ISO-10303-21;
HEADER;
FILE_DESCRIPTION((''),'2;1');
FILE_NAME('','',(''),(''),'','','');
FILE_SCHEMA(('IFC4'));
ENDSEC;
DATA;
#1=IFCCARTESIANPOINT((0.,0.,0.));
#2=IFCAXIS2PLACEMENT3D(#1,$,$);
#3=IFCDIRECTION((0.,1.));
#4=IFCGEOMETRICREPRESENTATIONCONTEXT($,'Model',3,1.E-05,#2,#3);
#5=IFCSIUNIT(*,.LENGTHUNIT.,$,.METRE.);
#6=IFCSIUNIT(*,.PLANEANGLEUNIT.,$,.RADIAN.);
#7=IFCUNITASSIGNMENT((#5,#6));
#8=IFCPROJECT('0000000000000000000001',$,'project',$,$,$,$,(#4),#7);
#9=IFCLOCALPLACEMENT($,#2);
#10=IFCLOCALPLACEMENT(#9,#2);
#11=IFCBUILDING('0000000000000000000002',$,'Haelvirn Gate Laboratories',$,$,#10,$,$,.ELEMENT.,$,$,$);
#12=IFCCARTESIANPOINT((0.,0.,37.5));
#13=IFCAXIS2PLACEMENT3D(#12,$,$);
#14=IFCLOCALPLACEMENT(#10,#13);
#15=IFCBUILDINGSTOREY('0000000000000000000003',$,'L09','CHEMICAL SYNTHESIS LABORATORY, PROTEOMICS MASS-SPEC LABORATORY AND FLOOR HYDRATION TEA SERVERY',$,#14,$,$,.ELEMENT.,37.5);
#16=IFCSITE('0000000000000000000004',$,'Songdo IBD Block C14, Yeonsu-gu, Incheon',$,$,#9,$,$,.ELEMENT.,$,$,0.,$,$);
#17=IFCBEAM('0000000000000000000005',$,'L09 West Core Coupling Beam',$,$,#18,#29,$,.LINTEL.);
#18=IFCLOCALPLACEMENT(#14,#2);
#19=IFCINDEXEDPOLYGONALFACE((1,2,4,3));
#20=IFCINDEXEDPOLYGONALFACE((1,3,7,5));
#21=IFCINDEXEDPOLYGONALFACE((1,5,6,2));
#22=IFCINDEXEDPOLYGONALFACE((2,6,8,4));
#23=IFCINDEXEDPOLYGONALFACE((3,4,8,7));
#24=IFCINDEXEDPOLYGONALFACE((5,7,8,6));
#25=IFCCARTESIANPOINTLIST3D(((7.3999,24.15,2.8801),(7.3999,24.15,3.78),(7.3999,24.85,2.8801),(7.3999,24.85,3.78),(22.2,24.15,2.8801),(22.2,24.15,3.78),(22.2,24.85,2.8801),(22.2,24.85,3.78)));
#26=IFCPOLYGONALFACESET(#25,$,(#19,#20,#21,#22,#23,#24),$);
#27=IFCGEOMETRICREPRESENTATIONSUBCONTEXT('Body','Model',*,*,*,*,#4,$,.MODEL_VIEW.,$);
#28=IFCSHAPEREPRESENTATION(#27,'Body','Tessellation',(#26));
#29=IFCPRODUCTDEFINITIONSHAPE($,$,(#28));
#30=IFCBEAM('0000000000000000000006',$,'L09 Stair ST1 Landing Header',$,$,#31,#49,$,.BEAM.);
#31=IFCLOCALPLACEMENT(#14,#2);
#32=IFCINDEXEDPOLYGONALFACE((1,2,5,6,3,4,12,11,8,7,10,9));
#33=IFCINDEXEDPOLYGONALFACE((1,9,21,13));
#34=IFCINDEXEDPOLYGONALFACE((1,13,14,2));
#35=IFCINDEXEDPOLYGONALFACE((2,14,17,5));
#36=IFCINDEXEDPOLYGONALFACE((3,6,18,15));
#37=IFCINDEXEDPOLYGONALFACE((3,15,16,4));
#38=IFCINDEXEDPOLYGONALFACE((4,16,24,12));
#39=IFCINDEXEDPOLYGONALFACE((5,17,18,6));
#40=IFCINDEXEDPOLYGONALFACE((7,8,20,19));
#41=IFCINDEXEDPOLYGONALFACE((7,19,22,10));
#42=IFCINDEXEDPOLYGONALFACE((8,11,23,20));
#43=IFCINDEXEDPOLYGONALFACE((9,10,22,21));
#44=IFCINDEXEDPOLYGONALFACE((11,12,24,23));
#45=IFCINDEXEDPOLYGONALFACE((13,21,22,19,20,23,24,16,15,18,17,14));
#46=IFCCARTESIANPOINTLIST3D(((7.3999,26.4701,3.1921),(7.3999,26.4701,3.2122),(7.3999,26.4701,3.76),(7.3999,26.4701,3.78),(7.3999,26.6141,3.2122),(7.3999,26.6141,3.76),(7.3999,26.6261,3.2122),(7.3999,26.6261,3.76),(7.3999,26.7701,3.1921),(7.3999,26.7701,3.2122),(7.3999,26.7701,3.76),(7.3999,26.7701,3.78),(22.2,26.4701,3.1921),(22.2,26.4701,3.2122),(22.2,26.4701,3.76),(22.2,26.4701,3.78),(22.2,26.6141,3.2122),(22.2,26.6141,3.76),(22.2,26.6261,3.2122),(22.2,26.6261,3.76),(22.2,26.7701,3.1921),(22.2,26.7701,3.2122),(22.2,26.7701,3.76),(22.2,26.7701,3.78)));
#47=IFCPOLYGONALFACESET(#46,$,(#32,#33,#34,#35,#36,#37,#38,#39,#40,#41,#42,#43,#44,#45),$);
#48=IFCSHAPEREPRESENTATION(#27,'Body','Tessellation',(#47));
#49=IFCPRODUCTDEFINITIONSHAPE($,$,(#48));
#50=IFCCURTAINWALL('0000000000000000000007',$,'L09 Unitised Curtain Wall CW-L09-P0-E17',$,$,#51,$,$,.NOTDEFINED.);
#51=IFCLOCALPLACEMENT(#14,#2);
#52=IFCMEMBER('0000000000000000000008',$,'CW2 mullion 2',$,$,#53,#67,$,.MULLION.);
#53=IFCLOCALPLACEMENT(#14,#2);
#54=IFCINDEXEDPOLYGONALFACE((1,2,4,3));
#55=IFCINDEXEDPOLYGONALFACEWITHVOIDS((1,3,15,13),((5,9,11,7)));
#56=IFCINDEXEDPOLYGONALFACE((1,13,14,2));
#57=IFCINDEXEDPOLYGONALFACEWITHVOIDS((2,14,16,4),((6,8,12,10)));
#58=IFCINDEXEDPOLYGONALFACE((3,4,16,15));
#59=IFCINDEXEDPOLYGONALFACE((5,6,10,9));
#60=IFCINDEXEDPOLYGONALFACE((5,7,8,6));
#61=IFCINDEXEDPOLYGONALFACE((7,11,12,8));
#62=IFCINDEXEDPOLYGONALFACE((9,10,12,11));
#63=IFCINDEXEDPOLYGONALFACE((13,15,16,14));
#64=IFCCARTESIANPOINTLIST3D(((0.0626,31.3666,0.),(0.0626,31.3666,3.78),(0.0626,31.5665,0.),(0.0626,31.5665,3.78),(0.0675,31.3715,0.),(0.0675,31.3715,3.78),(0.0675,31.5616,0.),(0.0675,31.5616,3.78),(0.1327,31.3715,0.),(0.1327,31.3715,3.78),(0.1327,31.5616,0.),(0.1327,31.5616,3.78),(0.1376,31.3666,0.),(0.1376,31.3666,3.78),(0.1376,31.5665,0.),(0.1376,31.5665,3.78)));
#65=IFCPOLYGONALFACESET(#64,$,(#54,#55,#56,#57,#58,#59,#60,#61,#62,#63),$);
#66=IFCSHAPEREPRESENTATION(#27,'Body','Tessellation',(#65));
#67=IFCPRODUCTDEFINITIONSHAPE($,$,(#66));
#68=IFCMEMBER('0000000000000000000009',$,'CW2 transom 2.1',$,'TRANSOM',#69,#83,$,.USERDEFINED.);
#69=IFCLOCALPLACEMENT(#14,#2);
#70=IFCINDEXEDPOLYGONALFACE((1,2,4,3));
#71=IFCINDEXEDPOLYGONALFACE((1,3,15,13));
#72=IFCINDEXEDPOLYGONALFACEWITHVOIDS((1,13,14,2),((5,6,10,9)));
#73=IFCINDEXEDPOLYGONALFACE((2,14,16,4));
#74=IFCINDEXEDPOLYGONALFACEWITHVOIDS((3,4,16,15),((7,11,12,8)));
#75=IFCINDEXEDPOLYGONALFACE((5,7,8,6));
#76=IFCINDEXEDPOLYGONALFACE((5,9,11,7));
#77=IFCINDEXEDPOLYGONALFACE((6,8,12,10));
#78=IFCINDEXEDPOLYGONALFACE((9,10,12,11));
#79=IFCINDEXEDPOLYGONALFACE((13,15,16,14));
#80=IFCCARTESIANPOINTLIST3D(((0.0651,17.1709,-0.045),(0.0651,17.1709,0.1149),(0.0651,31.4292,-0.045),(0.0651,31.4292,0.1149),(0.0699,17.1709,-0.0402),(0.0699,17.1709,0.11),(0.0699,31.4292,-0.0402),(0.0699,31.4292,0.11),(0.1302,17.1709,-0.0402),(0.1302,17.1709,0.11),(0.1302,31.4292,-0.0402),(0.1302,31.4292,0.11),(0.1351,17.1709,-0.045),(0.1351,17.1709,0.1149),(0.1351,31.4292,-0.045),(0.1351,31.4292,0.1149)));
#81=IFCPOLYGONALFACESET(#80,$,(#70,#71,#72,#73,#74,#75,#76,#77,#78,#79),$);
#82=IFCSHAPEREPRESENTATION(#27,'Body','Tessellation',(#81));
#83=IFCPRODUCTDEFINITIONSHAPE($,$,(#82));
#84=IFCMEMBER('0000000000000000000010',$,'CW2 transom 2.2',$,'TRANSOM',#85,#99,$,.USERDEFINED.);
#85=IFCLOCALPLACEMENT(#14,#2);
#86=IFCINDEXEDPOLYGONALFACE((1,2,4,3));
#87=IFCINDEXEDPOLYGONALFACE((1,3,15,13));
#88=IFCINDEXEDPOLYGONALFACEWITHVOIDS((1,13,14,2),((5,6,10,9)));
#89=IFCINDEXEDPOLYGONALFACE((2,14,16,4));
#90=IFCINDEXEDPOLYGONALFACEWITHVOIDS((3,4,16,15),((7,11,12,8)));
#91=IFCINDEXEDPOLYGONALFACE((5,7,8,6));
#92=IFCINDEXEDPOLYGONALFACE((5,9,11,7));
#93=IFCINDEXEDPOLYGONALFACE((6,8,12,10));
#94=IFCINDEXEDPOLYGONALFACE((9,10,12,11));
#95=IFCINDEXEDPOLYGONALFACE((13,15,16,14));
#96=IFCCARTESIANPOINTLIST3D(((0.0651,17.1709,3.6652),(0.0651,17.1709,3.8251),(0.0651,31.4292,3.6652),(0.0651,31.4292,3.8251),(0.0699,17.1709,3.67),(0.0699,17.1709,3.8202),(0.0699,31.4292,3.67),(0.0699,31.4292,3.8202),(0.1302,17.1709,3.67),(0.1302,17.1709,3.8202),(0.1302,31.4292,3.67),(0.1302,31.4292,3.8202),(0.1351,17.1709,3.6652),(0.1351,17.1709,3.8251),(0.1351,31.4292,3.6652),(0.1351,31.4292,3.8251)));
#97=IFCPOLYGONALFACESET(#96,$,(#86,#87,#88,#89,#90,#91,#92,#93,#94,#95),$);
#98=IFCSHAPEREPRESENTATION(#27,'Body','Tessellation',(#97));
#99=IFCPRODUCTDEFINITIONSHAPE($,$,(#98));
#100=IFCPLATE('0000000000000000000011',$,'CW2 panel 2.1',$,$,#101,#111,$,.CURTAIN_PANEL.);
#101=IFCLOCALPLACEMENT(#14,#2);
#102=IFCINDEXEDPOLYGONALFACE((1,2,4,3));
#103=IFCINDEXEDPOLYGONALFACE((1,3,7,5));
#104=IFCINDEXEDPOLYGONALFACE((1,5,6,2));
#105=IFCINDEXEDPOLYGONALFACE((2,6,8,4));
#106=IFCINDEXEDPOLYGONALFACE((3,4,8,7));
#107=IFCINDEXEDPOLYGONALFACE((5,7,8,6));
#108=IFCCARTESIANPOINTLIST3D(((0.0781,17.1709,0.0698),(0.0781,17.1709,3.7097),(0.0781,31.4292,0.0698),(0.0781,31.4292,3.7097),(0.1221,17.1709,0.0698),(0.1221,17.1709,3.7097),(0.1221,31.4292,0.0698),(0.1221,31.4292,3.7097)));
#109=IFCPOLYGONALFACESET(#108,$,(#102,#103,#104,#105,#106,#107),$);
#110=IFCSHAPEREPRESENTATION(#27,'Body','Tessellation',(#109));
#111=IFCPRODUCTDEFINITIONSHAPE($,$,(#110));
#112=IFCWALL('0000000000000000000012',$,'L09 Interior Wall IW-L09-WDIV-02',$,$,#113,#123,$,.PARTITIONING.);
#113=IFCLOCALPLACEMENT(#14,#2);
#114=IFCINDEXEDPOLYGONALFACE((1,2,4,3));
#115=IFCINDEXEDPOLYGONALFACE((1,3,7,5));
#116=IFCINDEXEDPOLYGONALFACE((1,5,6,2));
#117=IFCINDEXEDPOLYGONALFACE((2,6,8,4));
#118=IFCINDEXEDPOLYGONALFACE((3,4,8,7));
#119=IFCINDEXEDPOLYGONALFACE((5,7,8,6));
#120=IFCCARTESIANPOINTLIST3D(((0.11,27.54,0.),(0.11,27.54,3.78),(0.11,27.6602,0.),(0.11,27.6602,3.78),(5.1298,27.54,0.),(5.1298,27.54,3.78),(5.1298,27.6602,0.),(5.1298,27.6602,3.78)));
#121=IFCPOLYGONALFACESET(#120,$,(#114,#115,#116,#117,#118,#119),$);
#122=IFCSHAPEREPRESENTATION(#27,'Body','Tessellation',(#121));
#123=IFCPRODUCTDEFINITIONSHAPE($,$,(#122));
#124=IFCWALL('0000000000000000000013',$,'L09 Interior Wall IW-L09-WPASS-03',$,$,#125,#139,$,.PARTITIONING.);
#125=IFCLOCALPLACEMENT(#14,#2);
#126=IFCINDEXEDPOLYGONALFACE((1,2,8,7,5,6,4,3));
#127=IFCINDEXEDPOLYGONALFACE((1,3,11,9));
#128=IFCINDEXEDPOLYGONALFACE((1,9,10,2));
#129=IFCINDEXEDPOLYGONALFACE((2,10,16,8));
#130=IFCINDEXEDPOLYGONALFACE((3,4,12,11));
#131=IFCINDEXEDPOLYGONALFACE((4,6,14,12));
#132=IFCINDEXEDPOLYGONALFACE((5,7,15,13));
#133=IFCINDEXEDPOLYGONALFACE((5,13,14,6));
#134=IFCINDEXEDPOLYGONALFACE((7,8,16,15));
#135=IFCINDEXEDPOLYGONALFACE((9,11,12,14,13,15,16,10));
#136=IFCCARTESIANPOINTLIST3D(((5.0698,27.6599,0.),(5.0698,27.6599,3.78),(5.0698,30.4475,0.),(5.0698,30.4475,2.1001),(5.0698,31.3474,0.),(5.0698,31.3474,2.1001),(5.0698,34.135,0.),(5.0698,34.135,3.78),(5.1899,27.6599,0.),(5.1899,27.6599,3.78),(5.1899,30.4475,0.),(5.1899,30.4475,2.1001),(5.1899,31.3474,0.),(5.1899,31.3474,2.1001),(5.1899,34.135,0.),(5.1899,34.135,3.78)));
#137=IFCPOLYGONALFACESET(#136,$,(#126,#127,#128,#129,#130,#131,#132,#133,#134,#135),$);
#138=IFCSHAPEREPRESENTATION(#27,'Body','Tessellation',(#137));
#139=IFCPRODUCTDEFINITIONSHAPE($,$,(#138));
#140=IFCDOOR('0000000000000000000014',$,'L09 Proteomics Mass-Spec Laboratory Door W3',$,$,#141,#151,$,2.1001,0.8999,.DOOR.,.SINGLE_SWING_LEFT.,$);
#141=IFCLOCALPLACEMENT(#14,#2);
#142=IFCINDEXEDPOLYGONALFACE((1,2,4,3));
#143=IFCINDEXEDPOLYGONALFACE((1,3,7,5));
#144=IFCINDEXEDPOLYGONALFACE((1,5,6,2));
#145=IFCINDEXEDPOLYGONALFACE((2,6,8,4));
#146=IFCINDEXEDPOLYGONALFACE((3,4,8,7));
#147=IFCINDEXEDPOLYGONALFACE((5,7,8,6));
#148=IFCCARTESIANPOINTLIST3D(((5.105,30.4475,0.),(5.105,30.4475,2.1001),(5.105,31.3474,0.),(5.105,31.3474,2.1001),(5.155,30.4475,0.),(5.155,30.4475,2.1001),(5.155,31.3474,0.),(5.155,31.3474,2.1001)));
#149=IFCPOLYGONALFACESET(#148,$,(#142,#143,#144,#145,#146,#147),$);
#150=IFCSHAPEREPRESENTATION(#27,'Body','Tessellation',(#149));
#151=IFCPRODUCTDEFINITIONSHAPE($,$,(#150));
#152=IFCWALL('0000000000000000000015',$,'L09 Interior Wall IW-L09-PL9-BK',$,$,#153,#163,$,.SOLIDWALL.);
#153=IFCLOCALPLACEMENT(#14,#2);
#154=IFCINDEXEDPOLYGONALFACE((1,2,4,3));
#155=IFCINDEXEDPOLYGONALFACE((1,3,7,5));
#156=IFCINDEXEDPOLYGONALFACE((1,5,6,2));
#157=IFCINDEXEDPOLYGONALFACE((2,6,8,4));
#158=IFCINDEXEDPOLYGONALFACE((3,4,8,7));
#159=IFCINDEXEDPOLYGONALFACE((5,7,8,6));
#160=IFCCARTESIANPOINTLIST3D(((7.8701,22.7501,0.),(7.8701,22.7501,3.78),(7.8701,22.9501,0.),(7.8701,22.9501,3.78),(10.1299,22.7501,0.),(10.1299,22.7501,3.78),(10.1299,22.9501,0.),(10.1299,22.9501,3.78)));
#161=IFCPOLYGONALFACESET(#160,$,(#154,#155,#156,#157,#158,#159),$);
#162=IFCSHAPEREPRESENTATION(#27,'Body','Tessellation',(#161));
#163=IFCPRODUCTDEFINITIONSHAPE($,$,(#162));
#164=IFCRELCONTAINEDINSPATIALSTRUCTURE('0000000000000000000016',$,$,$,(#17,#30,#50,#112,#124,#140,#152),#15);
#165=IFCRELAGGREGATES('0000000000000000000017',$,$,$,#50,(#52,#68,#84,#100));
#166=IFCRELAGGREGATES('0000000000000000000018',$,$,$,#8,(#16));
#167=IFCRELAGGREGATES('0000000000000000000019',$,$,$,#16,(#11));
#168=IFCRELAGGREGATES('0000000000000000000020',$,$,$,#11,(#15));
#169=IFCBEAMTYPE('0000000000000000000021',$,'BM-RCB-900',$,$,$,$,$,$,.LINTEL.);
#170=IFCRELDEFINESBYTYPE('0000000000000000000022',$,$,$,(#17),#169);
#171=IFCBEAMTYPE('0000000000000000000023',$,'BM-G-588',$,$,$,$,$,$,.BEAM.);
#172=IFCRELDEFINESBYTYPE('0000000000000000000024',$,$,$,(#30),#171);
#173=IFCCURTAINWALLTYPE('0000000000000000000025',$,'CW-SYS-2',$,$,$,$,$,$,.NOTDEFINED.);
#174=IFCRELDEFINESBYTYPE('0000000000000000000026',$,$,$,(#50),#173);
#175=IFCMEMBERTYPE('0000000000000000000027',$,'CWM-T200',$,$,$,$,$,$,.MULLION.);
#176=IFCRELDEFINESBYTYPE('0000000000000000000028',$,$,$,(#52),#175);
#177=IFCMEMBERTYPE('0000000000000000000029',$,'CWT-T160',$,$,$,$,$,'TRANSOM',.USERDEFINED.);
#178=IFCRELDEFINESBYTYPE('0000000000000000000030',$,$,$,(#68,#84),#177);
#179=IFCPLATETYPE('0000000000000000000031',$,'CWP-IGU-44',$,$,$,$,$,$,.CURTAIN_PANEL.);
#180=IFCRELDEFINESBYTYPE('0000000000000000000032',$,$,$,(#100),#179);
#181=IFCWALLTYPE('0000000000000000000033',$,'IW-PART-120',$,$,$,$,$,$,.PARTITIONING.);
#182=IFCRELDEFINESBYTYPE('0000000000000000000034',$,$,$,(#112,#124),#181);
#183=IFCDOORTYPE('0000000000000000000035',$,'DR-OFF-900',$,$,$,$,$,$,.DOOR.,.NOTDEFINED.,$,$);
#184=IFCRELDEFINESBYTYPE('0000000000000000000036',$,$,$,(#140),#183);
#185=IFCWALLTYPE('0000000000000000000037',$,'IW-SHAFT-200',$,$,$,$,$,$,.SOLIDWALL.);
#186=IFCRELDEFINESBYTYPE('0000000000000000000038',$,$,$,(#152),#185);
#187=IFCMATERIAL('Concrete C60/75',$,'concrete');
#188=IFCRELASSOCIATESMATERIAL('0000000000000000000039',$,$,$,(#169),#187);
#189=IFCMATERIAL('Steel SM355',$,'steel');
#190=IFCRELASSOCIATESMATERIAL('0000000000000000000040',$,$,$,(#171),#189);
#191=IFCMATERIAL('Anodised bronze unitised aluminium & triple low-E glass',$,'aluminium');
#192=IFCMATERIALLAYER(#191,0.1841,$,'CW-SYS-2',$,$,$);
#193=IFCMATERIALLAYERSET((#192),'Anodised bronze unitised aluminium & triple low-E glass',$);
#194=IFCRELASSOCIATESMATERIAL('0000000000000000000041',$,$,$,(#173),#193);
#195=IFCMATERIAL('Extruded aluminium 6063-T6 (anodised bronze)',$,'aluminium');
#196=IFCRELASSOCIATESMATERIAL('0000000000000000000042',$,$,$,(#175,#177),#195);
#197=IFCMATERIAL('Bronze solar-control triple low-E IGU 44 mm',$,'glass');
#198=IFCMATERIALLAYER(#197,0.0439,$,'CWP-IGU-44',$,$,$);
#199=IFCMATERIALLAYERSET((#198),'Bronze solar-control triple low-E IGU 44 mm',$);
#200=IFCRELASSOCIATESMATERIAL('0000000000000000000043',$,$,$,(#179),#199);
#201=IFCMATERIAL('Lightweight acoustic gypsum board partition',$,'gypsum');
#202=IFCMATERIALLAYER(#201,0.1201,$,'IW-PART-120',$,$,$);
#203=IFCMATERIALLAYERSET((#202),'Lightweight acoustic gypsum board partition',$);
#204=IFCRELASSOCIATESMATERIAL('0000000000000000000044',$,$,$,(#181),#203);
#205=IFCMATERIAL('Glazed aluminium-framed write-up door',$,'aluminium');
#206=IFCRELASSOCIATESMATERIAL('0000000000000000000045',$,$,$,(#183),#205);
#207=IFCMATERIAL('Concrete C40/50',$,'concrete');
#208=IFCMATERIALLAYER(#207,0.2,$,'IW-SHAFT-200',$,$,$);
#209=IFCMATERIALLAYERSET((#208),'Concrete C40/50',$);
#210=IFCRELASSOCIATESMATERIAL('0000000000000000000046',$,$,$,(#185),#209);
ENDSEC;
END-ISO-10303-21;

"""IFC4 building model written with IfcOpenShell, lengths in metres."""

from ifc_helpers import new_model, si_unit, direction, frame, frame_2d, origin, origin_2d, place, context, subcontext, project, spatial, rectangle, hollow_rectangle, i_section, extrude, source, transform, mapped, material, layer, layer_set, material_profile, profile_set, type_object, type_shapes, element, fill, aggregate, save


model = new_model("IFC4")

# Units and contexts
model_context = context("Model", 3, precision=1e-05, world=origin(), true_north=direction((0.0, 1.0)))
body_context = subcontext(model_context, "Body", "Model", "MODEL_VIEW")
ifc_project = project(units=[si_unit("LENGTHUNIT", "METRE"), si_unit("PLANEANGLEUNIT", "RADIAN")], contexts=[model_context])

# Site, building, storey
site_placement = place(None, origin())
site = spatial("IfcSite", under=ifc_project, at=site_placement, Name="Songdo IBD Block C14, Yeonsu-gu, Incheon", CompositionType="ELEMENT", RefElevation=0.0)
building_placement = place(site_placement, origin())
building = spatial("IfcBuilding", under=site, at=building_placement, Name="Haelvirn Gate Laboratories", CompositionType="ELEMENT")
storey_placement = place(building_placement, frame((0.0, 0.0, 37.5)))
storey = spatial("IfcBuildingStorey", under=building, at=storey_placement, Name="L09", Description="CHEMICAL SYNTHESIS LABORATORY, PROTEOMICS MASS-SPEC LABORATORY AND FLOOR HYDRATION TEA SERVERY", CompositionType="ELEMENT", Elevation=37.5)

# Beams
ifc_material_1 = material(Name="Concrete C60/75", Category="concrete")
ifc_material_profile_1 = material_profile(ifc_material_1, rectangle(XDim=0.7, YDim=0.8999, at=origin_2d()), Name="RCB-700x900")
ifc_profile_set_1 = profile_set([ifc_material_profile_1], Name="Concrete C60/75")
beam_type_1 = type_object("IfcBeamType", Name="BM-RCB-900", PredefinedType="LINTEL", material=ifc_profile_set_1)
shared_shape_1 = source(origin(), body_context, "Body", "SweptSolid", [
    extrude(rectangle(XDim=0.7, YDim=0.8999, at=origin_2d()), origin(), (0.0, 0.0, 1.0), 14.8),
])
type_shapes(beam_type_1, [shared_shape_1])
beam_1_placement = place(storey_placement, frame((7.3999, 24.5, 3.3301), z_axis=(1.0, 0.0, 0.0), x_axis=(0.0, 1.0, 0.0)))
element("IfcBeam", 1, at=beam_1_placement, inside=storey, type_object=beam_type_1, Name="L09 West Core Coupling Beam", PredefinedType="LINTEL", context=body_context, shape_type="MappedRepresentation", body=[
    mapped(shared_shape_1, transform((0.0, 0.0, 0.0), scale=1.0)),
])
ifc_material_2 = material(Name="Steel SM355", Category="steel")
ifc_material_profile_2 = material_profile(ifc_material_2, i_section(OverallWidth=0.3, OverallDepth=0.5879, WebThickness=0.012, FlangeThickness=0.02, at=origin_2d()), Name="H-588x300x12x20")
ifc_profile_set_2 = profile_set([ifc_material_profile_2], Name="Steel SM355")
beam_type_2 = type_object("IfcBeamType", Name="BM-G-588", PredefinedType="BEAM", material=ifc_profile_set_2)
shared_shape_2 = source(origin(), body_context, "Body", "SweptSolid", [
    extrude(i_section(OverallWidth=0.3, OverallDepth=0.5879, WebThickness=0.012, FlangeThickness=0.02, at=origin_2d()), origin(), (0.0, 0.0, 1.0), 14.8),
])
type_shapes(beam_type_2, [shared_shape_2])
beam_2_placement = place(storey_placement, frame((7.3999, 26.6201, 3.4861), z_axis=(1.0, 0.0, 0.0), x_axis=(0.0, 1.0, 0.0)))
element("IfcBeam", 2, at=beam_2_placement, inside=storey, type_object=beam_type_2, Name="L09 Stair ST1 Landing Header", PredefinedType="BEAM", context=body_context, shape_type="MappedRepresentation", body=[
    mapped(shared_shape_2, transform((0.0, 0.0, 0.0), scale=1.0)),
])

# Curtain wall, members, plate
ifc_material_3 = material(Name="Anodised bronze unitised aluminium & triple low-E glass", Category="aluminium")
ifc_layer_1 = layer(ifc_material_3, 0.1841, Name="CW-SYS-2")
ifc_layer_set_1 = layer_set([ifc_layer_1], Name="Anodised bronze unitised aluminium & triple low-E glass")
curtain_wall_type = type_object("IfcCurtainWallType", Name="CW-SYS-2", PredefinedType="NOTDEFINED", material=ifc_layer_set_1)
curtain_wall_placement = place(storey_placement, origin())
curtain_wall = element("IfcCurtainWall", 3, at=curtain_wall_placement, inside=storey, type_object=curtain_wall_type, Name="L09 Unitised Curtain Wall CW-L09-P0-E17", PredefinedType="NOTDEFINED")
ifc_material_4 = material(Name="Extruded aluminium 6063-T6 (anodised bronze)", Category="aluminium")
ifc_material_profile_3 = material_profile(ifc_material_4, hollow_rectangle(XDim=0.075, YDim=0.2, WallThickness=0.0049, at=origin_2d()), Name="CWM-200x75x5")
ifc_profile_set_3 = profile_set([ifc_material_profile_3], Name="Extruded aluminium 6063-T6 (anodised bronze)")
member_type_1 = type_object("IfcMemberType", Name="CWM-T200", PredefinedType="MULLION", material=ifc_profile_set_3)
shared_shape_3 = source(origin(), body_context, "Body", "SweptSolid", [
    extrude(hollow_rectangle(XDim=0.075, YDim=0.2, WallThickness=0.0049, at=origin_2d()), origin(), (0.0, 0.0, 1.0), 3.78),
])
type_shapes(member_type_1, [shared_shape_3])
member_1_placement = place(storey_placement, frame((0.1001, 31.4666, 0.0), z_axis=(0.0, 0.0, 1.0), x_axis=(1.0, 0.0, 0.0)))
member_1 = element("IfcMember", 4, at=member_1_placement, type_object=member_type_1, Name="CW2 mullion 2", PredefinedType="MULLION", context=body_context, shape_type="MappedRepresentation", body=[
    mapped(shared_shape_3, transform((0.0, 0.0, 0.0), scale=1.0)),
])
ifc_material_profile_4 = material_profile(ifc_material_4, hollow_rectangle(XDim=0.0701, YDim=0.1599, WallThickness=0.0049, at=origin_2d()), Name="CWT-160x70x5")
ifc_profile_set_4 = profile_set([ifc_material_profile_4], Name="Extruded aluminium 6063-T6 (anodised bronze)")
member_type_2 = type_object("IfcMemberType", Name="CWT-T160", ElementType="TRANSOM", PredefinedType="USERDEFINED", material=ifc_profile_set_4)
shared_shape_4 = source(origin(), body_context, "Body", "SweptSolid", [
    extrude(hollow_rectangle(XDim=0.0701, YDim=0.1599, WallThickness=0.0049, at=origin_2d()), origin(), (0.0, 0.0, 1.0), 14.2583),
])
type_shapes(member_type_2, [shared_shape_4])
member_2_placement = place(storey_placement, frame((0.1001, 31.4292, 0.0349), z_axis=(0.0, -1.0, 0.0), x_axis=(1.0, 0.0, 0.0)))
member_2 = element("IfcMember", 5, at=member_2_placement, type_object=member_type_2, Name="CW2 transom 2.1", ObjectType="TRANSOM", PredefinedType="USERDEFINED", context=body_context, shape_type="MappedRepresentation", body=[
    mapped(shared_shape_4, transform((0.0, 0.0, 0.0), scale=1.0)),
])
member_3_placement = place(storey_placement, frame((0.1001, 31.4292, 3.7451), z_axis=(0.0, -1.0, 0.0), x_axis=(1.0, 0.0, 0.0)))
member_3 = element("IfcMember", 6, at=member_3_placement, type_object=member_type_2, Name="CW2 transom 2.2", ObjectType="TRANSOM", PredefinedType="USERDEFINED", context=body_context, shape_type="MappedRepresentation", body=[
    mapped(shared_shape_4, transform((0.0, 0.0, 0.0), scale=1.0)),
])
ifc_material_5 = material(Name="Bronze solar-control triple low-E IGU 44 mm", Category="glass")
ifc_layer_2 = layer(ifc_material_5, 0.0439, Name="CWP-IGU-44")
ifc_layer_set_2 = layer_set([ifc_layer_2], Name="Bronze solar-control triple low-E IGU 44 mm")
plate_type = type_object("IfcPlateType", Name="CWP-IGU-44", PredefinedType="CURTAIN_PANEL", material=ifc_layer_set_2)
shared_shape_5 = source(origin(), body_context, "Body", "SweptSolid", [
    extrude(rectangle(XDim=14.2583, YDim=0.0439, at=origin_2d()), origin(), (0.0, 0.0, 1.0), 3.6399),
])
type_shapes(plate_type, [shared_shape_5])
plate_placement = place(storey_placement, frame((0.1001, 24.3, 0.0698), z_axis=(0.0, 0.0, 1.0), x_axis=(0.0, -1.0, 0.0)))
plate = element("IfcPlate", 7, at=plate_placement, type_object=plate_type, Name="CW2 panel 2.1", PredefinedType="CURTAIN_PANEL", context=body_context, shape_type="MappedRepresentation", body=[
    mapped(shared_shape_5, transform((0.0, 0.0, 0.0), scale=1.0)),
])
aggregate(curtain_wall, [member_1, member_2, member_3, plate])

# Wall
ifc_material_6 = material(Name="Lightweight acoustic gypsum board partition", Category="gypsum")
ifc_layer_3 = layer(ifc_material_6, 0.1201, Name="IW-PART-120")
ifc_layer_set_3 = layer_set([ifc_layer_3], Name="Lightweight acoustic gypsum board partition")
wall_type_1 = type_object("IfcWallType", Name="IW-PART-120", PredefinedType="PARTITIONING", material=ifc_layer_set_3)
wall_1_placement = place(storey_placement, frame((0.1101, 27.6001, 0.0), z_axis=(0.0, 0.0, 1.0), x_axis=(1.0, 0.0, 0.0)))
element("IfcWall", 8, at=wall_1_placement, inside=storey, type_object=wall_type_1, Name="L09 Interior Wall IW-L09-WDIV-02", PredefinedType="PARTITIONING", context=body_context, shape_type="SweptSolid", body=[
    extrude(rectangle(XDim=5.0198, YDim=0.1201, at=frame_2d((2.5098, 0.0))), origin(), (0.0, 0.0, 1.0), 3.78),
])

# Wall, opening, door
wall_2_placement = place(storey_placement, frame((5.1299, 27.6599, 0.0), z_axis=(0.0, 0.0, 1.0), x_axis=(0.0, 1.0, 0.0)))
wall_2 = element("IfcWall", 9, at=wall_2_placement, inside=storey, type_object=wall_type_1, Name="L09 Interior Wall IW-L09-WPASS-03", PredefinedType="PARTITIONING", context=body_context, shape_type="SweptSolid", body=[
    extrude(rectangle(XDim=6.4751, YDim=0.1201, at=frame_2d((3.2375, 0.0))), origin(), (0.0, 0.0, 1.0), 3.78),
])
opening_1_placement = place(wall_2_placement, frame((2.7876, 0.0, 0.0)))
opening_1 = element("IfcOpeningElement", 10, at=opening_1_placement, cuts=wall_2, PredefinedType="OPENING", context=body_context, shape_type="SweptSolid", body=[
    extrude(rectangle(XDim=0.8999, YDim=2.1001, at=frame_2d((0.45, 1.05))), frame((0.0, 0.0701, 0.0), z_axis=(0.0, -1.0, 0.0), x_axis=(1.0, 0.0, 0.0)), (0.0, 0.0, 1.0), 0.1401),
])
ifc_material_7 = material(Name="Glazed aluminium-framed write-up door", Category="aluminium")
door_type_1 = type_object("IfcDoorType", Name="DR-OFF-900", OperationType="NOTDEFINED", PredefinedType="DOOR", material=ifc_material_7)
shared_shape_6 = source(origin(), body_context, "Body", "SweptSolid", [
    extrude(rectangle(XDim=0.8999, YDim=2.1001, at=frame_2d((0.45, 1.05))), frame((0.0, 0.0249, 0.0), z_axis=(0.0, -1.0, 0.0), x_axis=(1.0, 0.0, 0.0)), (0.0, 0.0, 1.0), 0.05),
])
type_shapes(door_type_1, [shared_shape_6])
door_1_placement = place(opening_1_placement, origin())
door_1 = element("IfcDoor", 11, at=door_1_placement, inside=storey, type_object=door_type_1, Name="L09 Proteomics Mass-Spec Laboratory Door W3", OperationType="SINGLE_SWING_LEFT", OverallHeight=2.1001, OverallWidth=0.8999, PredefinedType="DOOR", context=body_context, shape_type="MappedRepresentation", body=[
    mapped(shared_shape_6, transform((0.0, 0.0, 0.0), scale=1.0)),
])
fill(opening_1, door_1)

# Wall
ifc_material_8 = material(Name="Concrete C40/50", Category="concrete")
ifc_layer_4 = layer(ifc_material_8, 0.2, Name="IW-SHAFT-200")
ifc_layer_set_4 = layer_set([ifc_layer_4], Name="Concrete C40/50")
wall_type_2 = type_object("IfcWallType", Name="IW-SHAFT-200", PredefinedType="SOLIDWALL", material=ifc_layer_set_4)
wall_3_placement = place(storey_placement, frame((7.8701, 22.8501, 0.0), z_axis=(0.0, 0.0, 1.0), x_axis=(1.0, 0.0, 0.0)))
element("IfcWall", 12, at=wall_3_placement, inside=storey, type_object=wall_type_2, Name="L09 Interior Wall IW-L09-PL9-BK", PredefinedType="SOLIDWALL", context=body_context, shape_type="SweptSolid", body=[
    extrude(rectangle(XDim=2.2598, YDim=0.2, at=frame_2d((1.1299, 0.0))), origin(), (0.0, 0.0, 1.0), 3.78),
])

save(model, "model.ifc")
